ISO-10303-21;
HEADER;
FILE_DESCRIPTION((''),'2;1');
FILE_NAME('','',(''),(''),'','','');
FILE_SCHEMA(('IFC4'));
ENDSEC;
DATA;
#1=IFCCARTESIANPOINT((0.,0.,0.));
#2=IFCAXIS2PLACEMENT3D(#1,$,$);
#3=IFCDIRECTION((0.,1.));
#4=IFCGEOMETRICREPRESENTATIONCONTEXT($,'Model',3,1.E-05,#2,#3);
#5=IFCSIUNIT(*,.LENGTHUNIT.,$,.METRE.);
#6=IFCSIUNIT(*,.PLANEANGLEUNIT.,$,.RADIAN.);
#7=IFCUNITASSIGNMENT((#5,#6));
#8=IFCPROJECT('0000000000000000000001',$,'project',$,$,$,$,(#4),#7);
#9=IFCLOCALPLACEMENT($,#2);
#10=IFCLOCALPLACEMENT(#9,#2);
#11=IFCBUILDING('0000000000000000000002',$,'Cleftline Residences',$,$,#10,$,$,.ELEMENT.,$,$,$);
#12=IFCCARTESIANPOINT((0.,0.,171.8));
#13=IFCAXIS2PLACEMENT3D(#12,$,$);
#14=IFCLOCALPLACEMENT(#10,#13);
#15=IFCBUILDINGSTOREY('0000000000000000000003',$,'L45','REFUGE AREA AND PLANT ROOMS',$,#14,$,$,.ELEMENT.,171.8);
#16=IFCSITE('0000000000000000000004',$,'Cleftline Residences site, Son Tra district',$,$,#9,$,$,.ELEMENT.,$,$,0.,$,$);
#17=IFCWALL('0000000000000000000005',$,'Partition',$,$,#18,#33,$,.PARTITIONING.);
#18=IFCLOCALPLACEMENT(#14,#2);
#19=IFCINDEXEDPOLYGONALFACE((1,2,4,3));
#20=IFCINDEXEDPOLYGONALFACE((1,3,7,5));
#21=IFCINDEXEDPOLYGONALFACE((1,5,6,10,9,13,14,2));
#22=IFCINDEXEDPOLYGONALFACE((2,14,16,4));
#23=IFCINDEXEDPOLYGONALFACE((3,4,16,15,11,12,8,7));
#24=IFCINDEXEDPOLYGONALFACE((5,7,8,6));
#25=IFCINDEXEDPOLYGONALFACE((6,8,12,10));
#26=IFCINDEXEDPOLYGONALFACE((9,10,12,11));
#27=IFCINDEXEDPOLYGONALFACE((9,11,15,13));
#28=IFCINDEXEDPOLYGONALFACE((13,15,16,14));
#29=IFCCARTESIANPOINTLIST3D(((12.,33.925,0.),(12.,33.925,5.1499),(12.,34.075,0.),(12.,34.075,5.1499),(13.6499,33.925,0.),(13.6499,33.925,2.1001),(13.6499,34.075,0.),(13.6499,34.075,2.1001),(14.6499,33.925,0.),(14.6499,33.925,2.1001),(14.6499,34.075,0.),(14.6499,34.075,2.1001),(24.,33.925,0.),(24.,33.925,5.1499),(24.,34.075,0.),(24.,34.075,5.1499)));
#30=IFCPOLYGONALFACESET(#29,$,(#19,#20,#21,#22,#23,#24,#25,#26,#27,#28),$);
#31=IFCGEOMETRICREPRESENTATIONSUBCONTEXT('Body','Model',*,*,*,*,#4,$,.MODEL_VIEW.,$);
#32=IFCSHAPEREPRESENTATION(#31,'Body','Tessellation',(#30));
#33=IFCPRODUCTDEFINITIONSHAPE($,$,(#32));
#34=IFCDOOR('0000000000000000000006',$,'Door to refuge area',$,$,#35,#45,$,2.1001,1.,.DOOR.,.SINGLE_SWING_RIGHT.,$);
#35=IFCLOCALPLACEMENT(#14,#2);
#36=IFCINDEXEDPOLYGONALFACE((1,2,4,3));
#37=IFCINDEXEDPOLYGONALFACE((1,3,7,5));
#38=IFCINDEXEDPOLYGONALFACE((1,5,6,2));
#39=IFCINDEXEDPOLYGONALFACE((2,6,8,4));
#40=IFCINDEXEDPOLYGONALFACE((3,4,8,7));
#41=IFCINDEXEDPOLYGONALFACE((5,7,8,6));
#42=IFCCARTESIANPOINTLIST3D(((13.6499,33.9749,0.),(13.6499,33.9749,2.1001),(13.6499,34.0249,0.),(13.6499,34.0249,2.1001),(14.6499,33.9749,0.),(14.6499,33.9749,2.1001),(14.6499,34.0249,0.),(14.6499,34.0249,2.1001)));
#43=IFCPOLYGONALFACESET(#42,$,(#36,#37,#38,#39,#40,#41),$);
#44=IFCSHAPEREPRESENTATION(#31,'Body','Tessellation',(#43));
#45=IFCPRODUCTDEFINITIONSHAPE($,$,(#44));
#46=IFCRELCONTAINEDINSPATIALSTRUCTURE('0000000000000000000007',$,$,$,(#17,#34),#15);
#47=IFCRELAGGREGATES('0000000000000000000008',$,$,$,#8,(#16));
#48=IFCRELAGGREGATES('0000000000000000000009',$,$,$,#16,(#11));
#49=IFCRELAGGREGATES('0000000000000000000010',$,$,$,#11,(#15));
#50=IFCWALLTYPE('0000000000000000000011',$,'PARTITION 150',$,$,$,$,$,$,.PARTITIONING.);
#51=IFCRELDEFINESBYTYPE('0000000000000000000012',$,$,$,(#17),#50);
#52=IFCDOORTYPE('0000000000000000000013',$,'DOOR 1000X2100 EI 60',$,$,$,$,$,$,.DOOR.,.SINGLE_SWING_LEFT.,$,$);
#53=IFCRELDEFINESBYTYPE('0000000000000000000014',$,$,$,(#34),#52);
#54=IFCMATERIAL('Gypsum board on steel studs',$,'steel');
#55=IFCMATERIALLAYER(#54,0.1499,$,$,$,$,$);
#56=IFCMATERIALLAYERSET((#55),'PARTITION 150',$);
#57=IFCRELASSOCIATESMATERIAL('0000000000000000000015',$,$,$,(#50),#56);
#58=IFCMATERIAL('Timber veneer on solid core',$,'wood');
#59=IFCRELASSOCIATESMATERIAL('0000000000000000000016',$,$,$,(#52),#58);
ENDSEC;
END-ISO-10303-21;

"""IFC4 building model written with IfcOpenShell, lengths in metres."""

from ifc_helpers import new_model, si_unit, direction, frame, frame_2d, origin, place, context, subcontext, project, spatial, rectangle, extrude, material, layer, layer_set, type_object, element, fill, save


model = new_model("IFC4")

# Units and contexts
model_context = context("Model", 3, precision=1e-05, world=origin(), true_north=direction((0.0, 1.0)))
body_context = subcontext(model_context, "Body", "Model", "MODEL_VIEW")
ifc_project = project(units=[si_unit("LENGTHUNIT", "METRE"), si_unit("PLANEANGLEUNIT", "RADIAN")], contexts=[model_context])

# Site, building, storey
site_placement = place(None, origin())
site = spatial("IfcSite", under=ifc_project, at=site_placement, Name="Cleftline Residences site, Son Tra district", CompositionType="ELEMENT", RefElevation=0.0)
building_placement = place(site_placement, origin())
building = spatial("IfcBuilding", under=site, at=building_placement, Name="Cleftline Residences", CompositionType="ELEMENT")
storey_placement = place(building_placement, frame((0.0, 0.0, 171.8)))
storey = spatial("IfcBuildingStorey", under=building, at=storey_placement, Name="L45", Description="REFUGE AREA AND PLANT ROOMS", CompositionType="ELEMENT", Elevation=171.8)

# Shared definitions
ifc_material_1 = material(Name="Gypsum board on steel studs", Category="steel")
ifc_layer_1 = layer(ifc_material_1, 0.1499)
ifc_layer_set_1 = layer_set([ifc_layer_1], Name="PARTITION 150")
wall_type_1 = type_object("IfcWallType", Name="PARTITION 150", PredefinedType="PARTITIONING", material=ifc_layer_set_1)

# Wall, opening, door
wall_1_placement = place(storey_placement, frame((12.0, 34.0, 0.0), z_axis=(0.0, 0.0, 1.0), x_axis=(1.0, 0.0, 0.0)))
wall_1 = element("IfcWall", 1, at=wall_1_placement, inside=storey, type_object=wall_type_1, Name="Partition", PredefinedType="PARTITIONING", context=body_context, shape_type="SweptSolid", body=[
    extrude(rectangle(XDim=12.0, YDim=0.1499, at=frame_2d((6.0, 0.0))), origin(), (0.0, 0.0, 1.0), 5.1499),
])
opening_placement = place(wall_1_placement, frame((1.6499, 0.0, 0.0)))
opening = element("IfcOpeningElement", 2, at=opening_placement, cuts=wall_1, PredefinedType="OPENING", context=body_context, shape_type="SweptSolid", body=[
    extrude(rectangle(XDim=1.0, YDim=2.1001, at=frame_2d((0.5, 1.05))), frame((0.0, 0.085, 0.0), z_axis=(0.0, -1.0, 0.0), x_axis=(1.0, 0.0, 0.0)), (0.0, 0.0, 1.0), 0.1699),
])
ifc_material_2 = material(Name="Timber veneer on solid core", Category="wood")
door_type = type_object("IfcDoorType", Name="DOOR 1000X2100 EI 60", OperationType="SINGLE_SWING_LEFT", PredefinedType="DOOR", material=ifc_material_2)
door_placement = place(opening_placement, origin())
door = element("IfcDoor", 3, at=door_placement, inside=storey, type_object=door_type, Name="Door to refuge area", OperationType="SINGLE_SWING_RIGHT", OverallHeight=2.1001, OverallWidth=1.0, PredefinedType="DOOR", context=body_context, shape_type="SweptSolid", body=[
    extrude(rectangle(XDim=1.0, YDim=2.1001, at=frame_2d((0.5, 1.05))), frame((0.0, 0.0249, 0.0), z_axis=(0.0, -1.0, 0.0), x_axis=(1.0, 0.0, 0.0)), (0.0, 0.0, 1.0), 0.05),
])
fill(opening, door)

save(model, "model.ifc")
